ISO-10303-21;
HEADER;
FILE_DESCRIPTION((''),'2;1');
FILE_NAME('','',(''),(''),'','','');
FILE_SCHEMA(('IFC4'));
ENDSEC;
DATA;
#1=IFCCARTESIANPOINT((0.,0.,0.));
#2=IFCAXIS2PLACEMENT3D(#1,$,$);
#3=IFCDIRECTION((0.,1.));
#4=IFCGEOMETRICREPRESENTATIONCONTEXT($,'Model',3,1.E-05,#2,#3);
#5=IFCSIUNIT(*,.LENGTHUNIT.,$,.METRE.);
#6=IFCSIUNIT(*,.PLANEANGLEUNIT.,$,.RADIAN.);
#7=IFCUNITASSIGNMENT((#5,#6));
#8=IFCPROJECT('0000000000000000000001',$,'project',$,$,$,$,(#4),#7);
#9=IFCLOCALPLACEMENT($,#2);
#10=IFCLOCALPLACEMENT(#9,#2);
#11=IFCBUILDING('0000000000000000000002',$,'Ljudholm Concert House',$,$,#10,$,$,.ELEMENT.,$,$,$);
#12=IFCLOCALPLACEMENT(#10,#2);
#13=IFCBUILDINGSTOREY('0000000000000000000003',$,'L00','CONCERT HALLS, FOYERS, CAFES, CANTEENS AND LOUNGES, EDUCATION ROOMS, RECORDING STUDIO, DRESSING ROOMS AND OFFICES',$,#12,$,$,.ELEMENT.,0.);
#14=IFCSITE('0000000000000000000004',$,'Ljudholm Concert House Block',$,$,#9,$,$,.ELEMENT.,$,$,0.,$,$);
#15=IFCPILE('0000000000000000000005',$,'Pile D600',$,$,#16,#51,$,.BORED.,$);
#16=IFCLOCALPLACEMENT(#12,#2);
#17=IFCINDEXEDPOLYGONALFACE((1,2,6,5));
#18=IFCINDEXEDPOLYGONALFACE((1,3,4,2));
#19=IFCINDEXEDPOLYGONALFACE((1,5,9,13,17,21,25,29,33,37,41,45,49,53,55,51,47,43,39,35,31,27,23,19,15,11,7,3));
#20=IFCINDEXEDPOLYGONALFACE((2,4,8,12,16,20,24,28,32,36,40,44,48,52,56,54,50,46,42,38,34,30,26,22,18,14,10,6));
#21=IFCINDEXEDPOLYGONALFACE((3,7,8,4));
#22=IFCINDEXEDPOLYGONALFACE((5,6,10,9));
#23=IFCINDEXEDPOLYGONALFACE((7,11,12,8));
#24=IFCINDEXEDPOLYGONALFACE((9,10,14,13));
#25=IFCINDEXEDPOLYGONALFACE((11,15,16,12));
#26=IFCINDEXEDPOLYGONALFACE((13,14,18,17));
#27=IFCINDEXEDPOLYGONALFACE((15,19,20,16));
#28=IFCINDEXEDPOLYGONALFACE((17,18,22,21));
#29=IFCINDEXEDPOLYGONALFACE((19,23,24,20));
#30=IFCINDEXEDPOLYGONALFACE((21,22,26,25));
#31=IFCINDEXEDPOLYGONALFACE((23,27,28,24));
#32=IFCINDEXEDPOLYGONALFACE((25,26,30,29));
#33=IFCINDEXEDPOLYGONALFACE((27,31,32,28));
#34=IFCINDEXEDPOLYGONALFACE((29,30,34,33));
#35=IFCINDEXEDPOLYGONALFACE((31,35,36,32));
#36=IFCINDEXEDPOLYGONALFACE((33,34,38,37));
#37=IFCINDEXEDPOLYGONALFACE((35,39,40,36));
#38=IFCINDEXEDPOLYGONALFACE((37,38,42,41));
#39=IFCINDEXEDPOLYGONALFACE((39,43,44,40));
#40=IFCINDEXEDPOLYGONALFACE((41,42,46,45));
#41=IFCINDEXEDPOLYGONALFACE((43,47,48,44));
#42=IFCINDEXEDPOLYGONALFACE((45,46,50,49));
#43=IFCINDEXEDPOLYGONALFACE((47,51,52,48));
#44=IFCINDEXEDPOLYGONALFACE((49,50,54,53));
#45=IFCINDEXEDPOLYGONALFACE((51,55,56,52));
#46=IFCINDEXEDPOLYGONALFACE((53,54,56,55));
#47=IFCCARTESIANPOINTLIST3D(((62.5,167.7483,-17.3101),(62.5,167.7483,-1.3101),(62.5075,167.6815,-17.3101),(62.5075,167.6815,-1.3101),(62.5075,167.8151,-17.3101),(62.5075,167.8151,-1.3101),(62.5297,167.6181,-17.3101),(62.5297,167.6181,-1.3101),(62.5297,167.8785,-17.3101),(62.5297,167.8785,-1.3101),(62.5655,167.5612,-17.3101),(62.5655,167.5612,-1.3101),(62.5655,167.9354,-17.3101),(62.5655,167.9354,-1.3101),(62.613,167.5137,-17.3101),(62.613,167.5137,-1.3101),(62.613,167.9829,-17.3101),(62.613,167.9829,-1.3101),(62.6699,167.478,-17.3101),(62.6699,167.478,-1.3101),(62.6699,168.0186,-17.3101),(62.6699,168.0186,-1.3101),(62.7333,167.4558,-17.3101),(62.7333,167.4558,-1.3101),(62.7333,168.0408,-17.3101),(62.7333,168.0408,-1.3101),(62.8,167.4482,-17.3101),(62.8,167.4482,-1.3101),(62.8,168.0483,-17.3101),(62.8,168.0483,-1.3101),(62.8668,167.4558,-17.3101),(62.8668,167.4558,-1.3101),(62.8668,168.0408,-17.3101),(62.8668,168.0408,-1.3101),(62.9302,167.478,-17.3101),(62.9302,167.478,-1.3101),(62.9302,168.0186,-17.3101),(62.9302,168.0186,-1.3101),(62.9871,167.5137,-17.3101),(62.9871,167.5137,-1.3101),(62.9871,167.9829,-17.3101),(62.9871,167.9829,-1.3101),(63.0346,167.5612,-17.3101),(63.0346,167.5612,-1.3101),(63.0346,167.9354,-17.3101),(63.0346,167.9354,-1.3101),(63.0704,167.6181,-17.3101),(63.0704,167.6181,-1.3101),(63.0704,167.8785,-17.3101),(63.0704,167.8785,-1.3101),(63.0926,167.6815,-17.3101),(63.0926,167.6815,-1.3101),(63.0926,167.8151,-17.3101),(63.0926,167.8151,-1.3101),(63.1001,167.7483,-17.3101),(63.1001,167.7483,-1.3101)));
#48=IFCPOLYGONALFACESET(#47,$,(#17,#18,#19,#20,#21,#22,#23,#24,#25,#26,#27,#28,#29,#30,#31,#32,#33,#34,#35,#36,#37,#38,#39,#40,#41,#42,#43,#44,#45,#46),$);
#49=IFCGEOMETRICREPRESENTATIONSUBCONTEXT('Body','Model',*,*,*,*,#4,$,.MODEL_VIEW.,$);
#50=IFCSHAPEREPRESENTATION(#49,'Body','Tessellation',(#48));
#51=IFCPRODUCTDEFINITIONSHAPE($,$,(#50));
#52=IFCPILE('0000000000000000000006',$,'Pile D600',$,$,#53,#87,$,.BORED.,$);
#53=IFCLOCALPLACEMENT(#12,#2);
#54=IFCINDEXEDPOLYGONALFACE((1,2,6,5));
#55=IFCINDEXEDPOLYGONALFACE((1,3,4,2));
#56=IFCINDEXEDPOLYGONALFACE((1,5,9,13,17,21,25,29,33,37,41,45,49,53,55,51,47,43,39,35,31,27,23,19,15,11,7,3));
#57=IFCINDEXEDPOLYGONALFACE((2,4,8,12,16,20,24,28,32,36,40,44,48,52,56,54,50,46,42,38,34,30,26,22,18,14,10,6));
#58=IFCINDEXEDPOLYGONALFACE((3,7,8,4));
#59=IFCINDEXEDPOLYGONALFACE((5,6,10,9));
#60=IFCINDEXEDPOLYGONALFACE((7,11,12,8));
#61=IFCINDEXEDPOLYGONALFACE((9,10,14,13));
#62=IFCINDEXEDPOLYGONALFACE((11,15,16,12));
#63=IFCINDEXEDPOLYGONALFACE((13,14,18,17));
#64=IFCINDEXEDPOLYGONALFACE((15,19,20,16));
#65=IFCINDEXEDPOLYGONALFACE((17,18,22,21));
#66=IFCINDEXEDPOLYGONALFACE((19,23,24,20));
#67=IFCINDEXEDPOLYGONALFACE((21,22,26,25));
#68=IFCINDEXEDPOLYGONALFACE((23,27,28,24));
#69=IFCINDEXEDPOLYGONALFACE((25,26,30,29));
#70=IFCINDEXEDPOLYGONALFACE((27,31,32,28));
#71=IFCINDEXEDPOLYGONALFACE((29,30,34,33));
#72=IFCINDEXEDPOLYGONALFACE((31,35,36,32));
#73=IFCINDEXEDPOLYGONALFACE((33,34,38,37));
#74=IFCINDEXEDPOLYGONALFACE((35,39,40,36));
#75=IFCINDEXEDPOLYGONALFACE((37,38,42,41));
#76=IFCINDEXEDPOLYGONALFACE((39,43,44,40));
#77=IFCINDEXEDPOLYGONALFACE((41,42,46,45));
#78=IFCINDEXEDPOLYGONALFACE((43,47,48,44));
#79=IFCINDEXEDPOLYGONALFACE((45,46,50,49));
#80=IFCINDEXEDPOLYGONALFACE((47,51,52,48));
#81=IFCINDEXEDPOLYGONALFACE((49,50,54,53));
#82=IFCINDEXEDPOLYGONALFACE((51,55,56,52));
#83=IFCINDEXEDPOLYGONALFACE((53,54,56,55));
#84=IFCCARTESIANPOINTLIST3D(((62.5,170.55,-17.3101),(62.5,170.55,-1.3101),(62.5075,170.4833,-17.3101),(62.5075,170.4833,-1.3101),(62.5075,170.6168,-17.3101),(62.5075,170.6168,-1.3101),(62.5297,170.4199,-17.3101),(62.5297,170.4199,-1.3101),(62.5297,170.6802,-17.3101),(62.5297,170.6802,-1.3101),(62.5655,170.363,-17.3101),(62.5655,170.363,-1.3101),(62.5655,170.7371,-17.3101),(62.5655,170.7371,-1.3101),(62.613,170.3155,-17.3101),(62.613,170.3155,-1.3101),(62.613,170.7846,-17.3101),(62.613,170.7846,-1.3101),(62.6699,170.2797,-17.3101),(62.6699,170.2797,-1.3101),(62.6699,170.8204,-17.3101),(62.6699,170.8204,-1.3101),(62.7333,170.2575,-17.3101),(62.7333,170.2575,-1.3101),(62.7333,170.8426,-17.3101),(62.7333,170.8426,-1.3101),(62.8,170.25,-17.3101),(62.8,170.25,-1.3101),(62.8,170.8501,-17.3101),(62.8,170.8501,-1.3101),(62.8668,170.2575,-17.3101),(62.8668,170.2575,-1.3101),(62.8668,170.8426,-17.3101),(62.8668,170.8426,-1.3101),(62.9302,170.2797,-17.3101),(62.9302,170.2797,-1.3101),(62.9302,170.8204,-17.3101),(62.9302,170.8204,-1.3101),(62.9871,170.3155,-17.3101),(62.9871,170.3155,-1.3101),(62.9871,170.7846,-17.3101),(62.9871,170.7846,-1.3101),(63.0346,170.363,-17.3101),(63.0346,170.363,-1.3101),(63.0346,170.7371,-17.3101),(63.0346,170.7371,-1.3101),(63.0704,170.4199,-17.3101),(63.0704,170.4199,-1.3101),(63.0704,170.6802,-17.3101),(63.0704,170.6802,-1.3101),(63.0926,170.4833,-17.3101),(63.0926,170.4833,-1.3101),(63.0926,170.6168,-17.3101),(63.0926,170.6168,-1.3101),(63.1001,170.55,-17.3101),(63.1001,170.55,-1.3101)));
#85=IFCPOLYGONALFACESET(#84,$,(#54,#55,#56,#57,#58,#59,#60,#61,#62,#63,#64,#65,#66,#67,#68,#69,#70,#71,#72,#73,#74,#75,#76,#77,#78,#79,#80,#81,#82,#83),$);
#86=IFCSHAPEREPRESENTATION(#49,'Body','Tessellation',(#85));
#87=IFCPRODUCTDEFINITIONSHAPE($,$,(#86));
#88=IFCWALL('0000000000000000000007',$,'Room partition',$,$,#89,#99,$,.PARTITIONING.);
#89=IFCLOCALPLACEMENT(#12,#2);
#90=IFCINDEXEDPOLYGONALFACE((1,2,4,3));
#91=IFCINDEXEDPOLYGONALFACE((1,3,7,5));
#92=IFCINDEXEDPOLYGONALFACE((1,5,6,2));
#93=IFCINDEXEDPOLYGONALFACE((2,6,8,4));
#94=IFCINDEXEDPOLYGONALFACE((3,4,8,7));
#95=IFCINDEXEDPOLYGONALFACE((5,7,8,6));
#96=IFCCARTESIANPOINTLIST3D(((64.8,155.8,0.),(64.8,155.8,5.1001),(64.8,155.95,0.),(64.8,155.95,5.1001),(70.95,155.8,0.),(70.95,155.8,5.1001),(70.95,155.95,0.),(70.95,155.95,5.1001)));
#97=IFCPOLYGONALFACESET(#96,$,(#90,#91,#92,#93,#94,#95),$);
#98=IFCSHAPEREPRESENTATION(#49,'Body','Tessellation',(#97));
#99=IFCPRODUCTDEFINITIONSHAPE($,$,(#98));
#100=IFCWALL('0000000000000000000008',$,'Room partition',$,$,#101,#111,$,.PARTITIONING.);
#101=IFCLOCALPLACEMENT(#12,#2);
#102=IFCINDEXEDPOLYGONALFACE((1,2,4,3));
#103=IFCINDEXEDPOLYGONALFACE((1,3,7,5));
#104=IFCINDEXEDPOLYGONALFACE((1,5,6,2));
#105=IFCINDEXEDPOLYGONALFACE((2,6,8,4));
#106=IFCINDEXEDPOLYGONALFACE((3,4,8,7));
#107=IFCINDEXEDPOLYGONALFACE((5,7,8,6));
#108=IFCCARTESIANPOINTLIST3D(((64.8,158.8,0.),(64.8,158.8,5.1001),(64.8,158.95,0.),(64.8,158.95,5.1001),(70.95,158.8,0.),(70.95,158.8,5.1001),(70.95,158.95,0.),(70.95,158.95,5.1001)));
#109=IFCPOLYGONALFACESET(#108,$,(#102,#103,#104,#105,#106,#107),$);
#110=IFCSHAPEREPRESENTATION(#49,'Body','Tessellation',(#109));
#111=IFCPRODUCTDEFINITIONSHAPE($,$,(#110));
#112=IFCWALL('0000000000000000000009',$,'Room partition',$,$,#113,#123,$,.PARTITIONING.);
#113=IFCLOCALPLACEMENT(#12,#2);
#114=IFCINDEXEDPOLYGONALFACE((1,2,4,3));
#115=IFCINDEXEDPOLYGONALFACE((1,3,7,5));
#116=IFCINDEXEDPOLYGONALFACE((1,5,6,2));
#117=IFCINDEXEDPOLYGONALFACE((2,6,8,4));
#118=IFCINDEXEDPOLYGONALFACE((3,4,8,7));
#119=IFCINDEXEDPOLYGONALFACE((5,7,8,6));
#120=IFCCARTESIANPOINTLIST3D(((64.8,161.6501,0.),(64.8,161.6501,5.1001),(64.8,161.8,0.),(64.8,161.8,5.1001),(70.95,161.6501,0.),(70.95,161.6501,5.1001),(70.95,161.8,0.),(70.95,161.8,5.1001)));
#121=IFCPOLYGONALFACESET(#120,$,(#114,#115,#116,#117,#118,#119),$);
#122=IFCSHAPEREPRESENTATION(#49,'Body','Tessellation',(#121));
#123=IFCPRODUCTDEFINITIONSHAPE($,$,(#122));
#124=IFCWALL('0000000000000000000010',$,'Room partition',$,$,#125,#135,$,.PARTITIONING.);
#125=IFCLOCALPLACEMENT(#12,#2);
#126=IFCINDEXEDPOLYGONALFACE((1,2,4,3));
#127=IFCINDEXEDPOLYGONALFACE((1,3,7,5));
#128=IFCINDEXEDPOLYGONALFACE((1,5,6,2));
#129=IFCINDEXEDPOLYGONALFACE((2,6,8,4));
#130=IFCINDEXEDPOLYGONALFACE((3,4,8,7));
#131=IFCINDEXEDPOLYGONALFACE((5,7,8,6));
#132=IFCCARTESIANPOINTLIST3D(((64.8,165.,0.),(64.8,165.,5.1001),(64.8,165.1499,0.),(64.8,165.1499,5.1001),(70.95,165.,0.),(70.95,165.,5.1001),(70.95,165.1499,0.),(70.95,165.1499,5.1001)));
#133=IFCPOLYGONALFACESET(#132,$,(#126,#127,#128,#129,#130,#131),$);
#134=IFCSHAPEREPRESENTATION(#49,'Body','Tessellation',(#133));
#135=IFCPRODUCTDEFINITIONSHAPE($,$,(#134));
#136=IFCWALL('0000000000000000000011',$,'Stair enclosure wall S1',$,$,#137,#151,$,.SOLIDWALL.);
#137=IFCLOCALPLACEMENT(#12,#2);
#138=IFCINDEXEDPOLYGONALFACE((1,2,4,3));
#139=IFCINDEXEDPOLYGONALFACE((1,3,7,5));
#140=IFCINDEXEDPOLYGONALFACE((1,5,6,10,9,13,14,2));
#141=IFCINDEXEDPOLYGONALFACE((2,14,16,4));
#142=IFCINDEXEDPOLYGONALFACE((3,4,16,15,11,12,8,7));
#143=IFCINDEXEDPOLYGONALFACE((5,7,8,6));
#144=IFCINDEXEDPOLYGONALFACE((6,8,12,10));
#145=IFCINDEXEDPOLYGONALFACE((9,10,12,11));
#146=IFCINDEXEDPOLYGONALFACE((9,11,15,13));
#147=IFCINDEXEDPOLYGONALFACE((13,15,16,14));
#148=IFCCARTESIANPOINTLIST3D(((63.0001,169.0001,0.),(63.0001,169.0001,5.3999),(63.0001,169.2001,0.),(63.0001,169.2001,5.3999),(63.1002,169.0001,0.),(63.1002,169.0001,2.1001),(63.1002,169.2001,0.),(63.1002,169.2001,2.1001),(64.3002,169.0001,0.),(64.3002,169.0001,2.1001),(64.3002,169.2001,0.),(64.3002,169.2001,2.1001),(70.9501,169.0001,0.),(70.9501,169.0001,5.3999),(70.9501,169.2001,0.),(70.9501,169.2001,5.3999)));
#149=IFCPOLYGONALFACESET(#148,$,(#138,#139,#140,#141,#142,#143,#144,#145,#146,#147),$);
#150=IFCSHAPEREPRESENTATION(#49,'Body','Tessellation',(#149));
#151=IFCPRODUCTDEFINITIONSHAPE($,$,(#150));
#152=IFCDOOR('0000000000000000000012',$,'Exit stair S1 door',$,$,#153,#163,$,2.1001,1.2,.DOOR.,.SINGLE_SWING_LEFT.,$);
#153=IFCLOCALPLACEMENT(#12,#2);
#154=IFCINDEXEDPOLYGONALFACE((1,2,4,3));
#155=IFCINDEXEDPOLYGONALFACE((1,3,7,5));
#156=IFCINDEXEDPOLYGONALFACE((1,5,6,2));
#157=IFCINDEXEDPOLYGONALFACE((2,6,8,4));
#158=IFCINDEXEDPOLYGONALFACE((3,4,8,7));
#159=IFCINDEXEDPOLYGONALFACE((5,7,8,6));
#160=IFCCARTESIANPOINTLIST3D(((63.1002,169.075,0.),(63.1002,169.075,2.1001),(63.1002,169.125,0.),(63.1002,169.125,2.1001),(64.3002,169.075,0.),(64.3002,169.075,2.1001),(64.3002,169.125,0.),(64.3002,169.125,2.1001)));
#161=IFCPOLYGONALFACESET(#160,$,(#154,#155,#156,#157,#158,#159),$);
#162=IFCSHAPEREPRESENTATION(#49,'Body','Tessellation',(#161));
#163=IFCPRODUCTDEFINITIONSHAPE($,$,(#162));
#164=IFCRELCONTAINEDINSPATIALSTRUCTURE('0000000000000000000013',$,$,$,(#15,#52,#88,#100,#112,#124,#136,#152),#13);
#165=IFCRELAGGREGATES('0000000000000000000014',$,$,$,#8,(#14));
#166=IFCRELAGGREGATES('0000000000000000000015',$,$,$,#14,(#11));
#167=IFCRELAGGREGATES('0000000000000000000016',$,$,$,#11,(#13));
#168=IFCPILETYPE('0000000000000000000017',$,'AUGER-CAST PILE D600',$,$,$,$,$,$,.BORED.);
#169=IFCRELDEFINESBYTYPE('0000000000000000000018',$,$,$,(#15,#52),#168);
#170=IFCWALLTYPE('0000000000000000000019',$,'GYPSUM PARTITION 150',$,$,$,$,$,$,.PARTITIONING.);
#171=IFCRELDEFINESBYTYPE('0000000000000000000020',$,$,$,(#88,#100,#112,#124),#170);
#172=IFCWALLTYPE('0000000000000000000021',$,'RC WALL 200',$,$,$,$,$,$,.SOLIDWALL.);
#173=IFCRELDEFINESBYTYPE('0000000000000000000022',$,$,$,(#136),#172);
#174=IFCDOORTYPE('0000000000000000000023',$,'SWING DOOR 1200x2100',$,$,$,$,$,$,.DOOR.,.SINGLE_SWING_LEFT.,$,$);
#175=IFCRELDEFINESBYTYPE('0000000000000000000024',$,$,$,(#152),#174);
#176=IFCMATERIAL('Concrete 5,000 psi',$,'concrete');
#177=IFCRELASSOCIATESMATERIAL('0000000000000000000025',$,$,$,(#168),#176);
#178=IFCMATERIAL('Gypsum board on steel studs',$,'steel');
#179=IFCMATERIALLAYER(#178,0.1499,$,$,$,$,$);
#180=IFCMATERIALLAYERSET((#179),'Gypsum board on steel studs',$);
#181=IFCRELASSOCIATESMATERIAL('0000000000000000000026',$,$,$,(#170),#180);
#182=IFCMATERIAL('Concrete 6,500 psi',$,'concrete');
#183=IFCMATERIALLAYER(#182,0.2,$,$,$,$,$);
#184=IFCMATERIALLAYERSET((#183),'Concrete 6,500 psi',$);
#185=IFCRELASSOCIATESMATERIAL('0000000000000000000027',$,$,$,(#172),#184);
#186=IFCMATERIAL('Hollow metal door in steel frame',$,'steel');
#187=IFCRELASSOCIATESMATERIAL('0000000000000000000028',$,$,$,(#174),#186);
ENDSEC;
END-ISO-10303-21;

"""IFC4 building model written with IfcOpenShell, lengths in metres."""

from ifc_helpers import new_model, si_unit, direction, frame, frame_2d, origin, origin_2d, place, context, subcontext, project, spatial, rectangle, circle, extrude, material, layer, layer_set, material_profile, profile_set, type_object, element, fill, save


model = new_model("IFC4")

# Units and contexts
model_context = context("Model", 3, precision=1e-05, world=origin(), true_north=direction((0.0, 1.0)))
body_context = subcontext(model_context, "Body", "Model", "MODEL_VIEW")
ifc_project = project(units=[si_unit("LENGTHUNIT", "METRE"), si_unit("PLANEANGLEUNIT", "RADIAN")], contexts=[model_context])

# Site, building, storey
site_placement = place(None, origin())
site = spatial("IfcSite", under=ifc_project, at=site_placement, Name="Ljudholm Concert House Block", CompositionType="ELEMENT", RefElevation=0.0)
building_placement = place(site_placement, origin())
building = spatial("IfcBuilding", under=site, at=building_placement, Name="Ljudholm Concert House", CompositionType="ELEMENT")
storey_placement = place(building_placement, origin())
storey = spatial("IfcBuildingStorey", under=building, at=storey_placement, Name="L00", Description="CONCERT HALLS, FOYERS, CAFES, CANTEENS AND LOUNGES, EDUCATION ROOMS, RECORDING STUDIO, DRESSING ROOMS AND OFFICES", CompositionType="ELEMENT", Elevation=0.0)

# Piles
ifc_material_1 = material(Name="Concrete 5,000 psi", Category="concrete")
ifc_material_profile = material_profile(ifc_material_1, circle(Radius=0.3, at=origin_2d()), Name="AUGER-CAST PILE D600")
ifc_profile_set = profile_set([ifc_material_profile], Name="Concrete 5,000 psi")
pile_type = type_object("IfcPileType", Name="AUGER-CAST PILE D600", PredefinedType="BORED", material=ifc_profile_set)
for number, where, z_axis, x_axis, name in (
    (1, (62.8, 167.7483, -1.3101), (0.0, 0.0, -1.0), (1.0, 0.0, 0.0), "Pile D600"),
    (2, (62.8, 170.55, -1.3101), (0.0, 0.0, -1.0), (1.0, 0.0, 0.0), "Pile D600"),
):
    element("IfcPile", number, at=place(storey_placement, frame(where, z_axis=z_axis, x_axis=x_axis)), inside=storey, type_object=pile_type, Name=name, PredefinedType="BORED", context=body_context, shape_type="SweptSolid", body=[
        extrude(circle(Radius=0.3, at=origin_2d()), origin(), (0.0, 0.0, 1.0), 16.0),
    ])

# Walls
ifc_material_2 = material(Name="Gypsum board on steel studs", Category="steel")
ifc_layer_1 = layer(ifc_material_2, 0.1499)
ifc_layer_set_1 = layer_set([ifc_layer_1], Name="Gypsum board on steel studs")
wall_type_1 = type_object("IfcWallType", Name="GYPSUM PARTITION 150", PredefinedType="PARTITIONING", material=ifc_layer_set_1)
for number, where, z_axis, x_axis, name in (
    (3, (64.8, 155.875, 0.0), (0.0, 0.0, 1.0), (1.0, 0.0, 0.0), "Room partition"),
    (4, (64.8, 158.875, 0.0), (0.0, 0.0, 1.0), (1.0, 0.0, 0.0), "Room partition"),
    (5, (64.8, 161.7251, 0.0), (0.0, 0.0, 1.0), (1.0, 0.0, 0.0), "Room partition"),
    (6, (64.8, 165.075, 0.0), (0.0, 0.0, 1.0), (1.0, 0.0, 0.0), "Room partition"),
):
    element("IfcWall", number, at=place(storey_placement, frame(where, z_axis=z_axis, x_axis=x_axis)), inside=storey, type_object=wall_type_1, Name=name, PredefinedType="PARTITIONING", context=body_context, shape_type="SweptSolid", body=[
        extrude(rectangle(XDim=6.1499, YDim=0.1499, at=frame_2d((3.075, 0.0))), origin(), (0.0, 0.0, 1.0), 5.1001),
    ])

# Wall, opening, door
ifc_material_3 = material(Name="Concrete 6,500 psi", Category="concrete")
ifc_layer_2 = layer(ifc_material_3, 0.2)
ifc_layer_set_2 = layer_set([ifc_layer_2], Name="Concrete 6,500 psi")
wall_type_2 = type_object("IfcWallType", Name="RC WALL 200", PredefinedType="SOLIDWALL", material=ifc_layer_set_2)
wall_1_placement = place(storey_placement, frame((63.0, 169.1001, 0.0), z_axis=(0.0, 0.0, 1.0), x_axis=(1.0, 0.0, 0.0)))
wall_1 = element("IfcWall", 7, at=wall_1_placement, inside=storey, type_object=wall_type_2, Name="Stair enclosure wall S1", PredefinedType="SOLIDWALL", context=body_context, shape_type="SweptSolid", body=[
    extrude(rectangle(XDim=7.95, YDim=0.2, at=frame_2d((3.9751, 0.0))), origin(), (0.0, 0.0, 1.0), 5.3999),
])
opening_1_placement = place(wall_1_placement, frame((0.1001, 0.0, 0.0)))
opening_1 = element("IfcOpeningElement", 8, at=opening_1_placement, cuts=wall_1, PredefinedType="OPENING", context=body_context, shape_type="SweptSolid", body=[
    extrude(rectangle(XDim=1.2, YDim=2.1001, at=frame_2d((0.6001, 1.05))), frame((0.0, 0.1099, 0.0), z_axis=(0.0, -1.0, 0.0), x_axis=(1.0, 0.0, 0.0)), (0.0, 0.0, 1.0), 0.22),
])
ifc_material_4 = material(Name="Hollow metal door in steel frame", Category="steel")
door_type = type_object("IfcDoorType", Name="SWING DOOR 1200x2100", OperationType="SINGLE_SWING_LEFT", PredefinedType="DOOR", material=ifc_material_4)
door_placement = place(opening_1_placement, origin())
door = element("IfcDoor", 9, at=door_placement, inside=storey, type_object=door_type, Name="Exit stair S1 door", OperationType="SINGLE_SWING_LEFT", OverallHeight=2.1001, OverallWidth=1.2, PredefinedType="DOOR", context=body_context, shape_type="SweptSolid", body=[
    extrude(rectangle(XDim=1.2, YDim=2.1001, at=frame_2d((0.6001, 1.05))), frame((0.0, 0.0249, 0.0), z_axis=(0.0, -1.0, 0.0), x_axis=(1.0, 0.0, 0.0)), (0.0, 0.0, 1.0), 0.05),
])
fill(opening_1, door)

save(model, "model.ifc")
